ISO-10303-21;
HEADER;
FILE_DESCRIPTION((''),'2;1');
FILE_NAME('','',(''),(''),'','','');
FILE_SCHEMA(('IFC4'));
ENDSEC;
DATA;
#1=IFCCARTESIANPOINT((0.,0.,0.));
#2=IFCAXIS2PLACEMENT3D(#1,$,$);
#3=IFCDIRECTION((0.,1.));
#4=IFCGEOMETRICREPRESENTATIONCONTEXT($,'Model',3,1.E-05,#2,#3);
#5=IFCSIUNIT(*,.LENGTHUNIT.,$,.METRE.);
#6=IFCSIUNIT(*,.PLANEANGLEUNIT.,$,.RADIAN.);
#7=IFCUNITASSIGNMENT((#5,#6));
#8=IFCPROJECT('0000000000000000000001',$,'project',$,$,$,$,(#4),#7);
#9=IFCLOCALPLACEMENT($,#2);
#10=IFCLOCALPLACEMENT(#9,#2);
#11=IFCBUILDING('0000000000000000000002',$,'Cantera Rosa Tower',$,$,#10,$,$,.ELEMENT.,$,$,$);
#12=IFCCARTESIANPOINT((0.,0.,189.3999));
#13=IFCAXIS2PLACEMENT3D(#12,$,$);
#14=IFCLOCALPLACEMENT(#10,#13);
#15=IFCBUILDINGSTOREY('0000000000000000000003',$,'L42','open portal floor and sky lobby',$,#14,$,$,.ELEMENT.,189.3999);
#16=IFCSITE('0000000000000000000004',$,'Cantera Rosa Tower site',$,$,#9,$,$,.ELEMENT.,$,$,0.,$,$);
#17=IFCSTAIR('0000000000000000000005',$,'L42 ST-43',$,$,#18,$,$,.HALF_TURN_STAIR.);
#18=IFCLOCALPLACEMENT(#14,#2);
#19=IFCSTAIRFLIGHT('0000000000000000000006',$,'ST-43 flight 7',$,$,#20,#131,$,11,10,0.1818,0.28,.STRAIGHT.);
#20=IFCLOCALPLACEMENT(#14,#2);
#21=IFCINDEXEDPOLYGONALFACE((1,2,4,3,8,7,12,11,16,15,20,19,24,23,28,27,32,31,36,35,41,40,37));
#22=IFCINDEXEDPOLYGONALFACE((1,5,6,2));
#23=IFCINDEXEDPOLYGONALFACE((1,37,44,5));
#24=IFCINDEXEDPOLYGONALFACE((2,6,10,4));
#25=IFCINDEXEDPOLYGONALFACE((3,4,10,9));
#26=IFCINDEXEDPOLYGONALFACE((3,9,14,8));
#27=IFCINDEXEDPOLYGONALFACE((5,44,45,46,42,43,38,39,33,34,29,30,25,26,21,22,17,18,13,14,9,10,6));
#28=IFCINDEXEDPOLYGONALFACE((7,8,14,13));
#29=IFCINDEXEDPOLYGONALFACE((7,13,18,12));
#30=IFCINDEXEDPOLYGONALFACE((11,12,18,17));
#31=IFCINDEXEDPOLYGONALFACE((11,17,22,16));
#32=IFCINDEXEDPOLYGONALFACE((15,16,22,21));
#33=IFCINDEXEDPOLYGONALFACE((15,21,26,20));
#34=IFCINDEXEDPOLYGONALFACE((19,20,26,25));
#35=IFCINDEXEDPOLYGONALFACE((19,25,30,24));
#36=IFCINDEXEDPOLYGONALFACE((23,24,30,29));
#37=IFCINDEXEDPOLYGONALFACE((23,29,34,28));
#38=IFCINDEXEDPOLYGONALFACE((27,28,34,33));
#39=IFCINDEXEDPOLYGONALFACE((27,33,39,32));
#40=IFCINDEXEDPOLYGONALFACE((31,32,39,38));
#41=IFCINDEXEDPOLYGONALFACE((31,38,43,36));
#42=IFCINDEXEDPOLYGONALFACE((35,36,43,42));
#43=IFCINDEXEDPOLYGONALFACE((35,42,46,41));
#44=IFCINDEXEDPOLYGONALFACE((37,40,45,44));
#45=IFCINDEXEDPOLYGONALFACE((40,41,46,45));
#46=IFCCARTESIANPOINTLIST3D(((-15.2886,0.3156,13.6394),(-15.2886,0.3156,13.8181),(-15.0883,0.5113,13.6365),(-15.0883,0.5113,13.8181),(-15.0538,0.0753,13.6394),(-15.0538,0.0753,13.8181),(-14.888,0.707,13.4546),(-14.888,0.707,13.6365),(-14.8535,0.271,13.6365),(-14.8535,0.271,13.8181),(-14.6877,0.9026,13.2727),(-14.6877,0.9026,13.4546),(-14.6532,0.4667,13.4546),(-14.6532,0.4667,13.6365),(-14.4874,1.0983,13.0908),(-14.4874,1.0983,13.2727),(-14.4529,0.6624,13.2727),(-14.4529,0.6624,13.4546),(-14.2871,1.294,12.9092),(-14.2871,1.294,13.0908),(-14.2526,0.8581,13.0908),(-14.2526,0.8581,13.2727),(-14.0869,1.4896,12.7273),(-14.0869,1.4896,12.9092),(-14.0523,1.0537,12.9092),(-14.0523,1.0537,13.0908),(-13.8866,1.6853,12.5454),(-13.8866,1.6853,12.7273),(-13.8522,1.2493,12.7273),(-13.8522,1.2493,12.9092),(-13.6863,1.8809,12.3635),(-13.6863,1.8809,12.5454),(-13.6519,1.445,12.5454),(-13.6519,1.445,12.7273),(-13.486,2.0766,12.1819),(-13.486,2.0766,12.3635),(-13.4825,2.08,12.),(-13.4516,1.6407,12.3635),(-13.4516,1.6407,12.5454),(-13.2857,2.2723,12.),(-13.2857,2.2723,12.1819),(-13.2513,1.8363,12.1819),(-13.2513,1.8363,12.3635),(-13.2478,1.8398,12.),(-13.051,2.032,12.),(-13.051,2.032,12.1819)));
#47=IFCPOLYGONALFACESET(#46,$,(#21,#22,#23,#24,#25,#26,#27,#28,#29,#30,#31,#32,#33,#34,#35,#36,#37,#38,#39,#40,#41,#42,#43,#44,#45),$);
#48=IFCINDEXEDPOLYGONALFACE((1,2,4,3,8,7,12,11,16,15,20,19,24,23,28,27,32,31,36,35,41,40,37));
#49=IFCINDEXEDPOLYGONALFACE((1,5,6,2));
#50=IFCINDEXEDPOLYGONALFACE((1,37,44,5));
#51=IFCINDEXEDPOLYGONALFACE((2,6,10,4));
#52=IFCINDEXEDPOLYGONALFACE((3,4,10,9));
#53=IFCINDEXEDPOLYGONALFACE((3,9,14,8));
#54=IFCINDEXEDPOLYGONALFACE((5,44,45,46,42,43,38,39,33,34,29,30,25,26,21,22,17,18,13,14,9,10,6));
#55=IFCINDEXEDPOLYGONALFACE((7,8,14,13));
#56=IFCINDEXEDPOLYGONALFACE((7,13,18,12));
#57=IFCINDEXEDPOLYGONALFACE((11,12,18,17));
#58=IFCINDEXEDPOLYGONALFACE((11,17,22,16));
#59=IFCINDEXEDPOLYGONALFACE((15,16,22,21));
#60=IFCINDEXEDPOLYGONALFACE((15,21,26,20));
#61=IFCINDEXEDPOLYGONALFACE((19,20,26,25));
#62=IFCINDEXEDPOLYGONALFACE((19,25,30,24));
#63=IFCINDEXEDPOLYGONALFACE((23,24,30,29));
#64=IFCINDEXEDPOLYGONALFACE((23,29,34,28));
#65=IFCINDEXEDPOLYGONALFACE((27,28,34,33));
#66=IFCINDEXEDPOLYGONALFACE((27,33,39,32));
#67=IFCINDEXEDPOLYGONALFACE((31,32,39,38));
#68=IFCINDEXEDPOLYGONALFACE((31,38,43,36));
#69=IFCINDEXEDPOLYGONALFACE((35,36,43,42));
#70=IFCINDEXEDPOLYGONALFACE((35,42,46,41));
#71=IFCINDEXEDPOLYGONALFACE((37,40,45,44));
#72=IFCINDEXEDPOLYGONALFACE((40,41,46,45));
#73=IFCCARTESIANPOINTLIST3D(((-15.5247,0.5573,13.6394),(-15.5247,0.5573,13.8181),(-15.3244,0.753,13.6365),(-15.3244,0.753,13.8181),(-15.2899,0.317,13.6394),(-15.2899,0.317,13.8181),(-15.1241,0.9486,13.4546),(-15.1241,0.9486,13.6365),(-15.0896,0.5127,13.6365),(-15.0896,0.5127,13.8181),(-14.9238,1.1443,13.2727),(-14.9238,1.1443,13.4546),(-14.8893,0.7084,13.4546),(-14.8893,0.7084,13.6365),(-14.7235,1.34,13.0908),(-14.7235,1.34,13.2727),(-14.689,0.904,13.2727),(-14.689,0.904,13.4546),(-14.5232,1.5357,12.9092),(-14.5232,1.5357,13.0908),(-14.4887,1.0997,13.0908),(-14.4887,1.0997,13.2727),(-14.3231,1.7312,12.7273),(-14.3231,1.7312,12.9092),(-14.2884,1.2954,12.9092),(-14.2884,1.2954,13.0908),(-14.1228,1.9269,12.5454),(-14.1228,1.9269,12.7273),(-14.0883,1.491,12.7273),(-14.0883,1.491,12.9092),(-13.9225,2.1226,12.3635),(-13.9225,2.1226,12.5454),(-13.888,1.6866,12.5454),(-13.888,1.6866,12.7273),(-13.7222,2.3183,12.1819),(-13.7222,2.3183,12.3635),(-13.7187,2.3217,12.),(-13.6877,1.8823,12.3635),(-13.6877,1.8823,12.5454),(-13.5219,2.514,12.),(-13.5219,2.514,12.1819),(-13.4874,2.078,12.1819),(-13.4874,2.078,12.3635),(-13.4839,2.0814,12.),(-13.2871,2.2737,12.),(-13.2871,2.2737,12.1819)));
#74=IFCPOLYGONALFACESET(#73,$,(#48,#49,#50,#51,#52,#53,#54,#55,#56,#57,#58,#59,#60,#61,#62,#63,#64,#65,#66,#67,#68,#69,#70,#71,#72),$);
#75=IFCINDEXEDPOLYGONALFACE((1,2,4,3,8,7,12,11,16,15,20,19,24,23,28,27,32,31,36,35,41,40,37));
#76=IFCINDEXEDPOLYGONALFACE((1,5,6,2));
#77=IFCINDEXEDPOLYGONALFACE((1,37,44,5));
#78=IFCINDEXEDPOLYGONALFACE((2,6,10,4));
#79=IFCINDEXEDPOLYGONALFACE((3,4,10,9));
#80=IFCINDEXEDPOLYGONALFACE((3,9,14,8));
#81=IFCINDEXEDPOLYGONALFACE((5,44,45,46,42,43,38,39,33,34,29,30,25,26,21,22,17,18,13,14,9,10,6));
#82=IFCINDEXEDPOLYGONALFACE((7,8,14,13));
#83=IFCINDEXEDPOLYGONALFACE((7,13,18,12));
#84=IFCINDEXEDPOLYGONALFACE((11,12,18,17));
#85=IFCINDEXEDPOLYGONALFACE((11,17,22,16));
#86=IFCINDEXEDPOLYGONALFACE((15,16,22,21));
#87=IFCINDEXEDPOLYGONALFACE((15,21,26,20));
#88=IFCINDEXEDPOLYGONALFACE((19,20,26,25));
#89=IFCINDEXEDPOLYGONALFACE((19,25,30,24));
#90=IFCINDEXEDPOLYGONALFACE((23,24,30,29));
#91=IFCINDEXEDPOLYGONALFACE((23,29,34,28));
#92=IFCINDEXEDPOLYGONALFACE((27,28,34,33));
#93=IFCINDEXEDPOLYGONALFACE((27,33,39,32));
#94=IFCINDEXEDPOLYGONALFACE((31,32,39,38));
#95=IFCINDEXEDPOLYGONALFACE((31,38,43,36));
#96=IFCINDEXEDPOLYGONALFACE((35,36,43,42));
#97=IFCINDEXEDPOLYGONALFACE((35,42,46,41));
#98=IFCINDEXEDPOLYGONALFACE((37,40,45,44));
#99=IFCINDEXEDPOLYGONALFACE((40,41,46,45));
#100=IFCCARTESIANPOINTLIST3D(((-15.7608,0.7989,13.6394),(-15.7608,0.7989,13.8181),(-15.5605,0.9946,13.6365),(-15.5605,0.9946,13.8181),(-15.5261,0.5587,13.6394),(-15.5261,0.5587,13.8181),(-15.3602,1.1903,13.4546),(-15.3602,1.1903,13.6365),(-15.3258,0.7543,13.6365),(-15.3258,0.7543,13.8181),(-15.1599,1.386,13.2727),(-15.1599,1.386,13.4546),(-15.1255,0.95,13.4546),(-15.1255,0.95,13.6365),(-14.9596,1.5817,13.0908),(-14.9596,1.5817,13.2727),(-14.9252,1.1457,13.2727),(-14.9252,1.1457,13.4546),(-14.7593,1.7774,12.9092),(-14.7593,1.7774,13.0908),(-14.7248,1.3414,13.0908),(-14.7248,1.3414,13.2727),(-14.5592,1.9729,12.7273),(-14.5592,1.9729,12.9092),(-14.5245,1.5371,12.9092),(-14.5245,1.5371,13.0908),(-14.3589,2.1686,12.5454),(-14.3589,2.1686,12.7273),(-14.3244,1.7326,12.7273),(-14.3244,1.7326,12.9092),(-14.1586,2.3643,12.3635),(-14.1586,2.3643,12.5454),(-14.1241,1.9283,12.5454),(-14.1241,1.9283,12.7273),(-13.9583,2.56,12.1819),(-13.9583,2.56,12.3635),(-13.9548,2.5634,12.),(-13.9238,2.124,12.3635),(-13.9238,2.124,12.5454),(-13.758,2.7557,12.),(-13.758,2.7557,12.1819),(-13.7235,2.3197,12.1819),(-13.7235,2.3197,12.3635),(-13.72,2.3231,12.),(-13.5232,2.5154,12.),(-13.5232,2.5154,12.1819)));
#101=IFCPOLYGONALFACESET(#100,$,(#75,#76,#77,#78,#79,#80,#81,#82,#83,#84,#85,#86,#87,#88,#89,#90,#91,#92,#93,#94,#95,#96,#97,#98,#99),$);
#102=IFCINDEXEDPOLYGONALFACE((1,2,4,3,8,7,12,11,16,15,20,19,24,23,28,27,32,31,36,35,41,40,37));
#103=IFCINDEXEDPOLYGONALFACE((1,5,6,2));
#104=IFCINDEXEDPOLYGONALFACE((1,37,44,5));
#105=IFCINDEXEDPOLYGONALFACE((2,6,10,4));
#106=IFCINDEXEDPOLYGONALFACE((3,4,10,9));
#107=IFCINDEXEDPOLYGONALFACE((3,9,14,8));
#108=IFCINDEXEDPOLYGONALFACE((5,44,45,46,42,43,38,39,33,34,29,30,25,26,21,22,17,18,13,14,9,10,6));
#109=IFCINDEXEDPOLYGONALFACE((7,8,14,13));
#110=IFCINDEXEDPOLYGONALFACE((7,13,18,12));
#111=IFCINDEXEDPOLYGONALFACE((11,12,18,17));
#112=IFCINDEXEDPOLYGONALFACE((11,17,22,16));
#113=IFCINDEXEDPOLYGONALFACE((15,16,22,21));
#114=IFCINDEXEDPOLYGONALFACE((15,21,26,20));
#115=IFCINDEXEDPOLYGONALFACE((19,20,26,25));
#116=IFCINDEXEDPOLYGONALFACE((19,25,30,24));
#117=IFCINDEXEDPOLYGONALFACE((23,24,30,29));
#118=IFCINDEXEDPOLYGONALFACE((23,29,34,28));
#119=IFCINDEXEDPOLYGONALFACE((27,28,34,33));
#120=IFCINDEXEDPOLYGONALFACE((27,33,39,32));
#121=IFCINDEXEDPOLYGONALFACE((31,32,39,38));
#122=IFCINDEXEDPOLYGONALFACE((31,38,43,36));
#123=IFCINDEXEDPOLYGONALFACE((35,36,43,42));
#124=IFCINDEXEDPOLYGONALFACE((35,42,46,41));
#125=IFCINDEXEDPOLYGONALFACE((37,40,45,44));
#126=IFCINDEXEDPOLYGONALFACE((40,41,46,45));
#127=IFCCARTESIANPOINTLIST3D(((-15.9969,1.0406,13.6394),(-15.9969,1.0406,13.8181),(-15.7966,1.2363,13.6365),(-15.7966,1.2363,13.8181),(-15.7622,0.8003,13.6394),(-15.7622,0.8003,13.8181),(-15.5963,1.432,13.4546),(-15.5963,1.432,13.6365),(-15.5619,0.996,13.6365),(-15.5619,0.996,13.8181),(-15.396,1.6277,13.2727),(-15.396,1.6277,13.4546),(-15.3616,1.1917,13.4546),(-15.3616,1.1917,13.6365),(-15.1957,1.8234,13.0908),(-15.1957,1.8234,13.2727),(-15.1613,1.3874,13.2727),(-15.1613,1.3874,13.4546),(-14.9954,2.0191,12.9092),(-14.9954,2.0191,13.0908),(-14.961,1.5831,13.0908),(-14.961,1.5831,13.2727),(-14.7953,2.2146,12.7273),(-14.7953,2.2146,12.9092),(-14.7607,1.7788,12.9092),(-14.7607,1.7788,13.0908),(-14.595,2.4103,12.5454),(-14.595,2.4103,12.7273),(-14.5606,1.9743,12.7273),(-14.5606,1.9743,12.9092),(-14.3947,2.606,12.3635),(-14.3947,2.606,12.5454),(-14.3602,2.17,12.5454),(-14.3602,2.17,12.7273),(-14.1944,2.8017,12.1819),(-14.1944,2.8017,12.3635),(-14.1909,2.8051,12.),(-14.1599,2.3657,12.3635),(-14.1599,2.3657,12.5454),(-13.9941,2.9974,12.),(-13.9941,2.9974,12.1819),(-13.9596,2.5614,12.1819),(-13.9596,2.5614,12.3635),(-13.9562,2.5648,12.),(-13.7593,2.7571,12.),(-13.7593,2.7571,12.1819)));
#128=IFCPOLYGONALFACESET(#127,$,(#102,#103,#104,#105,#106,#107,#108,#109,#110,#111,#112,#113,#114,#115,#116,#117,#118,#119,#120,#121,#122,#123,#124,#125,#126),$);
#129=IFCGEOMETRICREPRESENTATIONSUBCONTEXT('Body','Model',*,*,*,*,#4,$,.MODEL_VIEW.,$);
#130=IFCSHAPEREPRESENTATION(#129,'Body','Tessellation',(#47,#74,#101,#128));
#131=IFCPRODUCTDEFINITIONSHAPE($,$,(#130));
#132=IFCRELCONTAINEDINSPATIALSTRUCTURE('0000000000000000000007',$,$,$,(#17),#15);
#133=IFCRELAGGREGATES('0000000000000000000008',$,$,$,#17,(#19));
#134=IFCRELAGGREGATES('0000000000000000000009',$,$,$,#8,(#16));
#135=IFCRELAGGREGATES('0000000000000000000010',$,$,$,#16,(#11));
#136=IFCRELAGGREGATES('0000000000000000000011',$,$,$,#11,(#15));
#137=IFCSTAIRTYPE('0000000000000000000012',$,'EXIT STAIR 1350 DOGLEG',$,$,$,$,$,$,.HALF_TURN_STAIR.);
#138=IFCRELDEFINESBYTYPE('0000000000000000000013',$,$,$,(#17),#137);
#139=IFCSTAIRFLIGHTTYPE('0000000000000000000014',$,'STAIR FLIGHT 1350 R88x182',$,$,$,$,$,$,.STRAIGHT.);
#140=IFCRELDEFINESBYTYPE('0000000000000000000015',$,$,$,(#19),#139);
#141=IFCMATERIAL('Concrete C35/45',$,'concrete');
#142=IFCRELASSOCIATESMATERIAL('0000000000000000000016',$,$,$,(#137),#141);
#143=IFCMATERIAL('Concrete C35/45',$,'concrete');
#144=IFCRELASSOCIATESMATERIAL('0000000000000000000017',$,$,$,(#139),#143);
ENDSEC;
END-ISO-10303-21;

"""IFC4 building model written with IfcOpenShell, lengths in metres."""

from ifc_helpers import new_model, si_unit, direction, frame, origin, place, context, subcontext, project, spatial, polyline, outline, extrude, material, type_object, element, aggregate, save


model = new_model("IFC4")

# Units and contexts
model_context = context("Model", 3, precision=1e-05, world=origin(), true_north=direction((0.0, 1.0)))
body_context = subcontext(model_context, "Body", "Model", "MODEL_VIEW")
ifc_project = project(units=[si_unit("LENGTHUNIT", "METRE"), si_unit("PLANEANGLEUNIT", "RADIAN")], contexts=[model_context])

# Site, building, storey
site_placement = place(None, origin())
site = spatial("IfcSite", under=ifc_project, at=site_placement, Name="Cantera Rosa Tower site", CompositionType="ELEMENT", RefElevation=0.0)
building_placement = place(site_placement, origin())
building = spatial("IfcBuilding", under=site, at=building_placement, Name="Cantera Rosa Tower", CompositionType="ELEMENT")
storey_placement = place(building_placement, frame((0.0, 0.0, 189.3999)))
storey = spatial("IfcBuildingStorey", under=building, at=storey_placement, Name="L42", Description="open portal floor and sky lobby", CompositionType="ELEMENT", Elevation=189.3999)

# Stair, stair flight
ifc_material_1 = material(Name="Concrete C35/45", Category="concrete")
stair_type = type_object("IfcStairType", Name="EXIT STAIR 1350 DOGLEG", PredefinedType="HALF_TURN_STAIR", material=ifc_material_1)
stair_placement = place(storey_placement, origin())
stair = element("IfcStair", 1, at=stair_placement, inside=storey, type_object=stair_type, Name="L42 ST-43", PredefinedType="HALF_TURN_STAIR")
ifc_material_2 = material(Name="Concrete C35/45", Category="concrete")
stair_flight_type = type_object("IfcStairFlightType", Name="STAIR FLIGHT 1350 R88x182", PredefinedType="STRAIGHT", material=ifc_material_2)
stair_flight_1_placement = place(storey_placement, frame((-13.5227, 2.5149, 12.0), z_axis=(0.0, 0.0, 1.0), x_axis=(-0.715286, -0.698832, 0.0)))
stair_flight_1 = element("IfcStairFlight", 2, at=stair_flight_1_placement, type_object=stair_flight_type, Name="ST-43 flight 7", NumberOfRisers=11, NumberOfTreads=10, PredefinedType="STRAIGHT", RiserHeight=0.1818, TreadLength=0.28, context=body_context, shape_type="SweptSolid", body=[
    extrude(outline(polyline([(0.0, 0.0), (0.0, 0.1819), (0.28, 0.1819), (0.28, 0.3635), (0.5601, 0.3635), (0.5601, 0.5454), (0.8401, 0.5454), (0.8401, 0.7273), (1.1201, 0.7273), (1.1201, 0.9092), (1.3999, 0.9092), (1.3999, 1.0908), (1.6799, 1.0908), (1.6799, 1.2727), (1.96, 1.2727), (1.96, 1.4546), (2.24, 1.4546), (2.24, 1.6365), (2.52, 1.6365), (2.52, 1.8181), (2.8, 1.8181), (2.8, 2.0), (2.8, 1.6394), (0.2751, 0.0), (0.0, 0.0)])), frame((0.0, 0.675, 0.0), z_axis=(0.0, -1.0, 0.0), x_axis=(1.0, 0.0, 0.0)), (0.0, 0.0, 1.0), 0.3359),
    extrude(outline(polyline([(0.0, 0.0), (0.0, 0.1819), (0.28, 0.1819), (0.28, 0.3635), (0.5601, 0.3635), (0.5601, 0.5454), (0.8401, 0.5454), (0.8401, 0.7273), (1.1201, 0.7273), (1.1201, 0.9092), (1.3999, 0.9092), (1.3999, 1.0908), (1.6799, 1.0908), (1.6799, 1.2727), (1.96, 1.2727), (1.96, 1.4546), (2.24, 1.4546), (2.24, 1.6365), (2.52, 1.6365), (2.52, 1.8181), (2.8, 1.8181), (2.8, 2.0), (2.8, 1.6394), (0.2751, 0.0), (0.0, 0.0)])), frame((0.0, 0.3372, 0.0), z_axis=(0.0, -1.0, 0.0), x_axis=(1.0, 0.0, 0.0)), (0.0, 0.0, 1.0), 0.3359),
    extrude(outline(polyline([(0.0, 0.0), (0.0, 0.1819), (0.28, 0.1819), (0.28, 0.3635), (0.5601, 0.3635), (0.5601, 0.5454), (0.8401, 0.5454), (0.8401, 0.7273), (1.1201, 0.7273), (1.1201, 0.9092), (1.3999, 0.9092), (1.3999, 1.0908), (1.6799, 1.0908), (1.6799, 1.2727), (1.96, 1.2727), (1.96, 1.4546), (2.24, 1.4546), (2.24, 1.6365), (2.52, 1.6365), (2.52, 1.8181), (2.8, 1.8181), (2.8, 2.0), (2.8, 1.6394), (0.2751, 0.0), (0.0, 0.0)])), frame((0.0, -0.0007, 0.0), z_axis=(0.0, -1.0, 0.0), x_axis=(1.0, 0.0, 0.0)), (0.0, 0.0, 1.0), 0.3359),
    extrude(outline(polyline([(0.0, 0.0), (0.0, 0.1819), (0.28, 0.1819), (0.28, 0.3635), (0.5601, 0.3635), (0.5601, 0.5454), (0.8401, 0.5454), (0.8401, 0.7273), (1.1201, 0.7273), (1.1201, 0.9092), (1.3999, 0.9092), (1.3999, 1.0908), (1.6799, 1.0908), (1.6799, 1.2727), (1.96, 1.2727), (1.96, 1.4546), (2.24, 1.4546), (2.24, 1.6365), (2.52, 1.6365), (2.52, 1.8181), (2.8, 1.8181), (2.8, 2.0), (2.8, 1.6394), (0.2751, 0.0), (0.0, 0.0)])), frame((0.0, -0.3386, 0.0), z_axis=(0.0, -1.0, 0.0), x_axis=(1.0, 0.0, 0.0)), (0.0, 0.0, 1.0), 0.3359),
])
aggregate(stair, [stair_flight_1])

save(model, "model.ifc")
